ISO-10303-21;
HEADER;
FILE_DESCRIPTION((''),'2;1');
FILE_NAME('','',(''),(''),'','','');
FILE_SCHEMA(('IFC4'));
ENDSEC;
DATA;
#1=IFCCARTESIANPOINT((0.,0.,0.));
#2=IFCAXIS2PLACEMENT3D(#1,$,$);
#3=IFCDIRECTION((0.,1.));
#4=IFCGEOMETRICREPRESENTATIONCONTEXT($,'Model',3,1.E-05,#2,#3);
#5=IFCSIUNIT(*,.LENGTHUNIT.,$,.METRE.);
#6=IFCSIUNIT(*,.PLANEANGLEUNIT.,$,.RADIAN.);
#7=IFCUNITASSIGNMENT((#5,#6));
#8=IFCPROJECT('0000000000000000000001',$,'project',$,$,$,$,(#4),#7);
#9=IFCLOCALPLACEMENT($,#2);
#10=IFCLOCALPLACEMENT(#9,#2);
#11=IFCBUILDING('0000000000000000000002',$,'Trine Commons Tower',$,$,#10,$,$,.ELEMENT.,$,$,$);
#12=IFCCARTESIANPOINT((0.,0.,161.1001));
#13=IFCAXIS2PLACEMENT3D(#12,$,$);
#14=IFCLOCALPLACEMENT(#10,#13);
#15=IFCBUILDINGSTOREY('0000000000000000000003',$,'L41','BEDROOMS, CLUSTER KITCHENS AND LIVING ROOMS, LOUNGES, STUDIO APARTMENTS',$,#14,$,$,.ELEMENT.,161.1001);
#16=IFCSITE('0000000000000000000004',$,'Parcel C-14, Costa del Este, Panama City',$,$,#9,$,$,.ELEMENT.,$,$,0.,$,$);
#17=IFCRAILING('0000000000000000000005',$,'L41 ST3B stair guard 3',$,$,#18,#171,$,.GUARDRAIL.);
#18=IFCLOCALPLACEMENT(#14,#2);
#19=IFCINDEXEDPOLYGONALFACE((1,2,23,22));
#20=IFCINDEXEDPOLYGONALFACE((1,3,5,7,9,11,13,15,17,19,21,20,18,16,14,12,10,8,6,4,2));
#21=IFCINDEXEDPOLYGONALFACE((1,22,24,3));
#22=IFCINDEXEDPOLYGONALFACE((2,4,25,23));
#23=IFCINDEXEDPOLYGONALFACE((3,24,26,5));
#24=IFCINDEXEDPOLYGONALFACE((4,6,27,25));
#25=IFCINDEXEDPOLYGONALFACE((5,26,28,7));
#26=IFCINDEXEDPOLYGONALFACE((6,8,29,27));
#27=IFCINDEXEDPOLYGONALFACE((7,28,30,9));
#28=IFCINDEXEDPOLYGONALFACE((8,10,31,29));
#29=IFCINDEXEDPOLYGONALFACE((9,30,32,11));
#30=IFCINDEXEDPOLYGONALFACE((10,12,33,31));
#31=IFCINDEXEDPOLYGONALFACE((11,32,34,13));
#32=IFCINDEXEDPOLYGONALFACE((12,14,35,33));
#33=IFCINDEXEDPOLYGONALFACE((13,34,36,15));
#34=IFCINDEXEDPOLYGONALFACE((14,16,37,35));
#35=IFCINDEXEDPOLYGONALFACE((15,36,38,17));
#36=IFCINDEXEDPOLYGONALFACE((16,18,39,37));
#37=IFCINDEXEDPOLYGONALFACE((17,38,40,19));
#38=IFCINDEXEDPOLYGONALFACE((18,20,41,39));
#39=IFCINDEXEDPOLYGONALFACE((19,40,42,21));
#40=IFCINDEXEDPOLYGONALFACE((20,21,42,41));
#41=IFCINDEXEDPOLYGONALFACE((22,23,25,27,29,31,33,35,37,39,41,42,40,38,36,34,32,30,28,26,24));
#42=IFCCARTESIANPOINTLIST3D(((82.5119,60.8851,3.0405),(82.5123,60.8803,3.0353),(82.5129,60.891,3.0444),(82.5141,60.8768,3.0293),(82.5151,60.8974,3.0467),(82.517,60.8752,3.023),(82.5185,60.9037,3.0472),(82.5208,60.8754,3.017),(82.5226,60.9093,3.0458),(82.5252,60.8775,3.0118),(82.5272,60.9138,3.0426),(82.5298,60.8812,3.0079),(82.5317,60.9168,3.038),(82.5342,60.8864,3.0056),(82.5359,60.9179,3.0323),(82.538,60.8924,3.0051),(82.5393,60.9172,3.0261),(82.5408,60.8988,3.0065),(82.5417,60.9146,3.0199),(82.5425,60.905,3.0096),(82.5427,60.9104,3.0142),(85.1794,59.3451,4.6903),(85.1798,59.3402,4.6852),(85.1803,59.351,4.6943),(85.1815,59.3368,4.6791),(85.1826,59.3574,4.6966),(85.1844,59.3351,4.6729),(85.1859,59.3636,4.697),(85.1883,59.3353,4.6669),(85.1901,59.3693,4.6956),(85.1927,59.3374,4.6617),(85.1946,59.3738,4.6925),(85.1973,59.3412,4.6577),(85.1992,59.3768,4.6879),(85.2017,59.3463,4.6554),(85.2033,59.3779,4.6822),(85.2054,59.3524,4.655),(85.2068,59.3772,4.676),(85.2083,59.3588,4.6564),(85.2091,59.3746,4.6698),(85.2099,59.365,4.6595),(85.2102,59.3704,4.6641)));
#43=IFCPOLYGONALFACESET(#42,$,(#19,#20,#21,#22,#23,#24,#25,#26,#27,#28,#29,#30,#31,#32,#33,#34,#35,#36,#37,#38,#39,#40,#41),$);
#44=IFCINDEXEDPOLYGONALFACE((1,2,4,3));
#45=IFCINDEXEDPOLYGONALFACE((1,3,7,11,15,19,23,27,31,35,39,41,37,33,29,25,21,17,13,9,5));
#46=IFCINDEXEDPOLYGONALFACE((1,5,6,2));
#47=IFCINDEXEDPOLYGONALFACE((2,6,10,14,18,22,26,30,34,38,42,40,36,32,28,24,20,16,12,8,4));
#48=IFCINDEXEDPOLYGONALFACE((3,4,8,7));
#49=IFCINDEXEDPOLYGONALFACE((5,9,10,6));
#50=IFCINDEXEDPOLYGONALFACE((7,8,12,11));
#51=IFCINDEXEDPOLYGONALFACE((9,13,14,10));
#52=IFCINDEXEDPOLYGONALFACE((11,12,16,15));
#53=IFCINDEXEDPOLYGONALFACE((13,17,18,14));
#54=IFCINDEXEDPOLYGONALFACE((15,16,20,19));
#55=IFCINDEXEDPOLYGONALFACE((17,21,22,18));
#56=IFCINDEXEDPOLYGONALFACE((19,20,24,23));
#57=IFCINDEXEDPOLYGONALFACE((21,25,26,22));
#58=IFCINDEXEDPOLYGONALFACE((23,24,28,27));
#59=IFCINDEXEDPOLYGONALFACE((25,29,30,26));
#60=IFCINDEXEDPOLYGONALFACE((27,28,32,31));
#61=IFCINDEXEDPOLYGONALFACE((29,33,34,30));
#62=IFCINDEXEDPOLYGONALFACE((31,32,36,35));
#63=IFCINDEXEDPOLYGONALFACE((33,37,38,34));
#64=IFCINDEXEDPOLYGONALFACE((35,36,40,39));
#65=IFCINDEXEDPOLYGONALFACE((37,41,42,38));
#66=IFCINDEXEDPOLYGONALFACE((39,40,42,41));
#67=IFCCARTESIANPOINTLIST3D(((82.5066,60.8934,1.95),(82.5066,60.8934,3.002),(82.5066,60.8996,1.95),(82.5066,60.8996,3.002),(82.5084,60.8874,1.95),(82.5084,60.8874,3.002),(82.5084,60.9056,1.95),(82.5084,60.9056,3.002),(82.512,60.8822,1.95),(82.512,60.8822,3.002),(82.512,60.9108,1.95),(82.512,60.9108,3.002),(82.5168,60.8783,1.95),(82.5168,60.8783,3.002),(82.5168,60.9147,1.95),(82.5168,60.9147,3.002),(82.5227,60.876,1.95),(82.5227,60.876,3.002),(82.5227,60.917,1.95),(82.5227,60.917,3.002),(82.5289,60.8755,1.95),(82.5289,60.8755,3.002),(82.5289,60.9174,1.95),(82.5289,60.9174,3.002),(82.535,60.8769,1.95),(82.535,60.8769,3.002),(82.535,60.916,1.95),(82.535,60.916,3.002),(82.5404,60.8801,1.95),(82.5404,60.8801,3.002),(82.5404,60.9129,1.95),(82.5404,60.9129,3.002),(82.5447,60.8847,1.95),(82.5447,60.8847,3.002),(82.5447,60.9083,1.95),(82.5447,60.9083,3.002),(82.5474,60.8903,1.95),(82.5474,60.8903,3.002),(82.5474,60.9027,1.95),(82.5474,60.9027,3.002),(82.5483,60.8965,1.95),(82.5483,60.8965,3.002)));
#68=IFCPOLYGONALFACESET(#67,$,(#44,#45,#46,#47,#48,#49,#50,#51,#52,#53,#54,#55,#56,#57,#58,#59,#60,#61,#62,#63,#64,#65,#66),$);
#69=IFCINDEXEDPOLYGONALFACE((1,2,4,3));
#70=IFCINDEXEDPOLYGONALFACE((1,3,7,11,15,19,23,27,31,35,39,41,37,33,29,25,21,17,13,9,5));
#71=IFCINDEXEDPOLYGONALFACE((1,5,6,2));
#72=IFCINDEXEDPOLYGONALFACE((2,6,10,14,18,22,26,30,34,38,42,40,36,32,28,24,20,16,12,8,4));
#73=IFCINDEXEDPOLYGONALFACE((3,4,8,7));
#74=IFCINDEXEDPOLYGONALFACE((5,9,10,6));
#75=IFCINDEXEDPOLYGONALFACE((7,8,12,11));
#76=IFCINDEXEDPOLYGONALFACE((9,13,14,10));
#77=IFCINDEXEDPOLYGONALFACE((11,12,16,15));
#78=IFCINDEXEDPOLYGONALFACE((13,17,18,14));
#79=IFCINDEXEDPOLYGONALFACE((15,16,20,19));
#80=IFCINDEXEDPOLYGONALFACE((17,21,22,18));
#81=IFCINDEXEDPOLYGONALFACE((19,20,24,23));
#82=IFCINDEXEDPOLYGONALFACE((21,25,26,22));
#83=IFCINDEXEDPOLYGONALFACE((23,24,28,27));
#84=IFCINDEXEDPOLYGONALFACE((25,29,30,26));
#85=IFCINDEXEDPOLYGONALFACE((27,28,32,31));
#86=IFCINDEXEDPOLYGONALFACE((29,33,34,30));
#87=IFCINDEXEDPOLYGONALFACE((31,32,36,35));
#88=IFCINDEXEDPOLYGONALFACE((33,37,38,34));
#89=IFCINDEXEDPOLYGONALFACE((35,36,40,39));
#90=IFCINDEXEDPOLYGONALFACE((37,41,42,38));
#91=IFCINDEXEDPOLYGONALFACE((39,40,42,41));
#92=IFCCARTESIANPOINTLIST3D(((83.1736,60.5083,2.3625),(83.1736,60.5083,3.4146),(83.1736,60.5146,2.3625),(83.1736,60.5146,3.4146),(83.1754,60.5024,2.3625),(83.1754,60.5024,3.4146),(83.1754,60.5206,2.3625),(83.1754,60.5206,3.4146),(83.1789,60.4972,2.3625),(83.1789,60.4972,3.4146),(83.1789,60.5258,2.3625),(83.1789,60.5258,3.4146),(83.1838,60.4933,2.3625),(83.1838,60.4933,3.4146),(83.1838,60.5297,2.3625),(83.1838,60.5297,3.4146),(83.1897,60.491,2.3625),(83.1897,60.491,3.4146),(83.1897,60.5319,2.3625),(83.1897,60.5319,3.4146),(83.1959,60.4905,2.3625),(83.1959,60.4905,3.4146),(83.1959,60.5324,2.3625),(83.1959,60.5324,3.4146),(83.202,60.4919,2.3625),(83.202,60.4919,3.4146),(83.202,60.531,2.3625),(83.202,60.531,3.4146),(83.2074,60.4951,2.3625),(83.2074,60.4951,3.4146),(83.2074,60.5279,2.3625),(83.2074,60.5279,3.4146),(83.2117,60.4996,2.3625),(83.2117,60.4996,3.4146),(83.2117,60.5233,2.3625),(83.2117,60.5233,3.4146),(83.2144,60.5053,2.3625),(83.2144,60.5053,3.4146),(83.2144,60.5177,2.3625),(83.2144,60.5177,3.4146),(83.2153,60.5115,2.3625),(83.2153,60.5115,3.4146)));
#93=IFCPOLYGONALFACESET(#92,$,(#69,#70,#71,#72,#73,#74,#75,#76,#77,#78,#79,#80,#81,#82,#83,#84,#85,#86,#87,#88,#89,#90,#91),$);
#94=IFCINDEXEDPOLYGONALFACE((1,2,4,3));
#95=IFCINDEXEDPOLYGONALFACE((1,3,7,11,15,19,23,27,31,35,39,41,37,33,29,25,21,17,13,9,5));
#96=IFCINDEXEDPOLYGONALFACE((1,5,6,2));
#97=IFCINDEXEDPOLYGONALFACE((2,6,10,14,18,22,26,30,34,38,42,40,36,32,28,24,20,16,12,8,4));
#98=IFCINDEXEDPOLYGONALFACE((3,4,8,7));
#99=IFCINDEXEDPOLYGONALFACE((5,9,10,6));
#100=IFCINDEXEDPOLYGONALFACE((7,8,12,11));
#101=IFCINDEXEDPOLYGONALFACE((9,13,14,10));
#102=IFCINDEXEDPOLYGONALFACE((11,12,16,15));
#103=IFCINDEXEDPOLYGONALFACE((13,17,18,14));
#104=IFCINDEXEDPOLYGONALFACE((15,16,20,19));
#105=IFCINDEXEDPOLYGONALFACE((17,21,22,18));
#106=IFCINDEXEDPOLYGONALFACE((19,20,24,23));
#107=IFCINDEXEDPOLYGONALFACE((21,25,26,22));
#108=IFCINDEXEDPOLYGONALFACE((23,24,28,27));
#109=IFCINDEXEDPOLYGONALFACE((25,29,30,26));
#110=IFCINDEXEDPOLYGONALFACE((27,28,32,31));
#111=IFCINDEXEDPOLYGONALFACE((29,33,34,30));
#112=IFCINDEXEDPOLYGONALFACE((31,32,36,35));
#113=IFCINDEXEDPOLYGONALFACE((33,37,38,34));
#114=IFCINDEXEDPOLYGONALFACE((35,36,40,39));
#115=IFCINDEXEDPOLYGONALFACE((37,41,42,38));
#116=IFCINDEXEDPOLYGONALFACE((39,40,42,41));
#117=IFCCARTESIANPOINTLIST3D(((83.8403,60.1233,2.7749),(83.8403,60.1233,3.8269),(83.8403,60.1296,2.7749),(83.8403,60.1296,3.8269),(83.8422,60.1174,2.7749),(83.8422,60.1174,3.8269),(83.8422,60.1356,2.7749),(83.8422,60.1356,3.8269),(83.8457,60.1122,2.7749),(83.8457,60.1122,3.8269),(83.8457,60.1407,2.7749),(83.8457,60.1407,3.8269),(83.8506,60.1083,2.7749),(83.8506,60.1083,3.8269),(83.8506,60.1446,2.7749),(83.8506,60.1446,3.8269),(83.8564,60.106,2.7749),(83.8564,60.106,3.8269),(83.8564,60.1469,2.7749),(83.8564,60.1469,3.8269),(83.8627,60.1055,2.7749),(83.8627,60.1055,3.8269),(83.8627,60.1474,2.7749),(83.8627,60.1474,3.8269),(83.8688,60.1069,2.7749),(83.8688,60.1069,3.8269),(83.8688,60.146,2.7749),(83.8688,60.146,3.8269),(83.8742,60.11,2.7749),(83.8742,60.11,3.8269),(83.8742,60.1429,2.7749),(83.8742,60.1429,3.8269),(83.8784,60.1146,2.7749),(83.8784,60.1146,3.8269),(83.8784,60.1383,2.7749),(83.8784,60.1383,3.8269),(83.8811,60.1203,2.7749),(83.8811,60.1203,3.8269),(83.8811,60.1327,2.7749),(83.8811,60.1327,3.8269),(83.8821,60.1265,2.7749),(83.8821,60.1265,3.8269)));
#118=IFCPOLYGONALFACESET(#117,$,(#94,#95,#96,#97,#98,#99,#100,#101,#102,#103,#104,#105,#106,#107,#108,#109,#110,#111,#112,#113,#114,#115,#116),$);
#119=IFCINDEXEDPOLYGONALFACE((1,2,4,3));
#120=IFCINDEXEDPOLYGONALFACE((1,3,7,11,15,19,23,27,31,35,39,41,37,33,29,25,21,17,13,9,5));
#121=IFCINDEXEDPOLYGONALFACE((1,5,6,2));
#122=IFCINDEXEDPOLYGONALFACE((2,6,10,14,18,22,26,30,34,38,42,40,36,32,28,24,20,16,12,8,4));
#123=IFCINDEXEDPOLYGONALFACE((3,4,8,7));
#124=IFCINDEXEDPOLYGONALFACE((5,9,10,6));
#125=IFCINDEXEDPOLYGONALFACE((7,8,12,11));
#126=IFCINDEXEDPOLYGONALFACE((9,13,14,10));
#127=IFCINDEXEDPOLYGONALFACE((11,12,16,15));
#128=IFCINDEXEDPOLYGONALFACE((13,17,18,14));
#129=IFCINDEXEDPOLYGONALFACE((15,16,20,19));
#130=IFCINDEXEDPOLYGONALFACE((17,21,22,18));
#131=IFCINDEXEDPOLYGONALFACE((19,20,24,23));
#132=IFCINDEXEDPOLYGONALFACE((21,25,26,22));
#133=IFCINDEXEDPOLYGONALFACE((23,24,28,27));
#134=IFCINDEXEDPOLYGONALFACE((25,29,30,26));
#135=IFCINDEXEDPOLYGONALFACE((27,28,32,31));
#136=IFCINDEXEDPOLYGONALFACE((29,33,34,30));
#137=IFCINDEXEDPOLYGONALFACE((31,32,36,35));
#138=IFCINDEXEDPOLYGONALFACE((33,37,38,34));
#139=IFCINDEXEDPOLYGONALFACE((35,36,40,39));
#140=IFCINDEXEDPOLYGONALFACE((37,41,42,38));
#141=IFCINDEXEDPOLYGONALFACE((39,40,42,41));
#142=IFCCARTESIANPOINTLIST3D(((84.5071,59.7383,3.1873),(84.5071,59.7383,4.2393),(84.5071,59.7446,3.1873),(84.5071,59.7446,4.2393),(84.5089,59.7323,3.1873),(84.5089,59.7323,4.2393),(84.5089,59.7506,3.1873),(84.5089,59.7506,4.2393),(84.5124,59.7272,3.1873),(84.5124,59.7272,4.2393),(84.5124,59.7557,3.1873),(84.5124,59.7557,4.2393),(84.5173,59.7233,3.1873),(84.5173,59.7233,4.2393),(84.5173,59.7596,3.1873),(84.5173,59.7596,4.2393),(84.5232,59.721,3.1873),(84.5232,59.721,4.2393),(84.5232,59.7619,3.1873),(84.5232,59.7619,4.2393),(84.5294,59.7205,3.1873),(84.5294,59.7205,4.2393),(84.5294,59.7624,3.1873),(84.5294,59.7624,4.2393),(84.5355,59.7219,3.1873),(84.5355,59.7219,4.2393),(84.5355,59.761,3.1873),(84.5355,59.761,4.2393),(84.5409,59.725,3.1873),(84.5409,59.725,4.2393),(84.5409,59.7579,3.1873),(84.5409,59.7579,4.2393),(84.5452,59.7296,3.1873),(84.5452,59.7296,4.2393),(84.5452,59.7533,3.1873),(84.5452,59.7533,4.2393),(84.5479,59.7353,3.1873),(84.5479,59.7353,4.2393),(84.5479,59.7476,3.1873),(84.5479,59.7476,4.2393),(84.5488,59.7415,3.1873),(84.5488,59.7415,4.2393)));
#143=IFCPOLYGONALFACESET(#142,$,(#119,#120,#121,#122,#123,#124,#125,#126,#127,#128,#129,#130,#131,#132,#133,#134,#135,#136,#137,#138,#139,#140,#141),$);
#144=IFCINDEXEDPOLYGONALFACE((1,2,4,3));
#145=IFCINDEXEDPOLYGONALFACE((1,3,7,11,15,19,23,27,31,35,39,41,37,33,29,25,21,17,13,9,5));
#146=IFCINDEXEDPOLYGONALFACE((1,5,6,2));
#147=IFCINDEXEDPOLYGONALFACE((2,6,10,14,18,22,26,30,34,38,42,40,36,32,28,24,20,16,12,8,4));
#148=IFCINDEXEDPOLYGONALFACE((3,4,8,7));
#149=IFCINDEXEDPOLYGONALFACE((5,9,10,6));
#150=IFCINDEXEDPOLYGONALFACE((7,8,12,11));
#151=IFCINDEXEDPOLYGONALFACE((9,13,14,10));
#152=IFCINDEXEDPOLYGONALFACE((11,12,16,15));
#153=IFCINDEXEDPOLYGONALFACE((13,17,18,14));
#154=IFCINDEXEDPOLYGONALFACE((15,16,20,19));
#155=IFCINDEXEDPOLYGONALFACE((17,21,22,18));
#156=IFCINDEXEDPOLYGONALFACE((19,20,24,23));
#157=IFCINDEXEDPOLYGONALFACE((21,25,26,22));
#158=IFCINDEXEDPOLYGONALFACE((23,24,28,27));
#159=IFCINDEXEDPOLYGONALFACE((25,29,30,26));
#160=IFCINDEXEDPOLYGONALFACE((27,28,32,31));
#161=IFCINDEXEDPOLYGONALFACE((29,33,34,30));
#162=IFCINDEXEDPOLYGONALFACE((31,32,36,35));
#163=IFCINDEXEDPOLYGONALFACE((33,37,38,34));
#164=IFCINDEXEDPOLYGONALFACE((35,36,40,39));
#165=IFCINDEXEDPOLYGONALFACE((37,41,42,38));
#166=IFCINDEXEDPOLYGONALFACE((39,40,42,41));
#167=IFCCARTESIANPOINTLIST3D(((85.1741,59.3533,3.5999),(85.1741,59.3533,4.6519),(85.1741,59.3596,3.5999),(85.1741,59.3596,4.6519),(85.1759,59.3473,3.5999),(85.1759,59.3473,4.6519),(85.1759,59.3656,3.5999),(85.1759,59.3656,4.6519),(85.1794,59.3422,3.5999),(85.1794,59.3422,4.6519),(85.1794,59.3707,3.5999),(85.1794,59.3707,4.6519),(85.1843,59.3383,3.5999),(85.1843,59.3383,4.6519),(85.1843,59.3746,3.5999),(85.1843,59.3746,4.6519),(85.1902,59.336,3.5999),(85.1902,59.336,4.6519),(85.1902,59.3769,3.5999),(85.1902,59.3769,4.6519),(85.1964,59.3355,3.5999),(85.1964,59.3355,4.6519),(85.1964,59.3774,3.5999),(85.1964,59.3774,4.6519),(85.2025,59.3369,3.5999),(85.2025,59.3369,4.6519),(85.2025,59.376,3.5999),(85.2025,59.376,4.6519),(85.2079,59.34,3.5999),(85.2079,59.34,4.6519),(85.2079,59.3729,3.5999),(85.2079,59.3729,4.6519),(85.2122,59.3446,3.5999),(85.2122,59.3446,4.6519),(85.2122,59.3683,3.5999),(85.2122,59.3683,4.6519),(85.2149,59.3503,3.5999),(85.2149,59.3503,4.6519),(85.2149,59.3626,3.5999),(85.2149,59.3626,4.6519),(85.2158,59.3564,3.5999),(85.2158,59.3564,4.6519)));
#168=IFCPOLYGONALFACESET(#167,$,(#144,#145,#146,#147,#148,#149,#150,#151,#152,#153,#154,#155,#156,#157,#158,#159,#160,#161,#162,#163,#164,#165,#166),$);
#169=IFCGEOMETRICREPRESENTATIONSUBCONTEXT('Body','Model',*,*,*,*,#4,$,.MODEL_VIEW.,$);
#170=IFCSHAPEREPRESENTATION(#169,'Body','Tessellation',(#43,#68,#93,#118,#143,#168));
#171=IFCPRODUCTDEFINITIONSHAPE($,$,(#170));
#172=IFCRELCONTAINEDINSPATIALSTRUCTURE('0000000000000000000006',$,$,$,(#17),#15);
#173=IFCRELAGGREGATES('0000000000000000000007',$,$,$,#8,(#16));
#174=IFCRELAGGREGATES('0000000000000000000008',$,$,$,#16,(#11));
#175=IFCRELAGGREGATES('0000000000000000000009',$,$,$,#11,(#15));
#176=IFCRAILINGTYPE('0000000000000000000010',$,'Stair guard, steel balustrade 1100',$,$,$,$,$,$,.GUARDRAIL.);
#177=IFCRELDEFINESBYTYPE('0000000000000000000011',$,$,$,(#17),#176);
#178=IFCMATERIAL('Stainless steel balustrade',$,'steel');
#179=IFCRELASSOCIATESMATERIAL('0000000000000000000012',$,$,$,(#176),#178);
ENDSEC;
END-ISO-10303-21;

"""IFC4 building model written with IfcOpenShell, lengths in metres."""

from ifc_helpers import new_model, si_unit, direction, frame, origin, origin_2d, place, context, subcontext, project, spatial, circle, extrude, material, type_object, element, save


model = new_model("IFC4")

# Units and contexts
model_context = context("Model", 3, precision=1e-05, world=origin(), true_north=direction((0.0, 1.0)))
body_context = subcontext(model_context, "Body", "Model", "MODEL_VIEW")
ifc_project = project(units=[si_unit("LENGTHUNIT", "METRE"), si_unit("PLANEANGLEUNIT", "RADIAN")], contexts=[model_context])

# Site, building, storey
site_placement = place(None, origin())
site = spatial("IfcSite", under=ifc_project, at=site_placement, Name="Parcel C-14, Costa del Este, Panama City", CompositionType="ELEMENT", RefElevation=0.0)
building_placement = place(site_placement, origin())
building = spatial("IfcBuilding", under=site, at=building_placement, Name="Trine Commons Tower", CompositionType="ELEMENT")
storey_placement = place(building_placement, frame((0.0, 0.0, 161.1001)))
storey = spatial("IfcBuildingStorey", under=building, at=storey_placement, Name="L41", Description="BEDROOMS, CLUSTER KITCHENS AND LIVING ROOMS, LOUNGES, STUDIO APARTMENTS", CompositionType="ELEMENT", Elevation=161.1001)

# Railing
ifc_material_1 = material(Name="Stainless steel balustrade", Category="steel")
railing_type_1 = type_object("IfcRailingType", Name="Stair guard, steel balustrade 1100", PredefinedType="GUARDRAIL", material=ifc_material_1)
railing_1_placement = place(storey_placement, frame((82.5273, 60.8965, 1.95)))
element("IfcRailing", 1, at=railing_1_placement, inside=storey, type_object=railing_type_1, Name="L41 ST3B stair guard 3", PredefinedType="GUARDRAIL", context=body_context, shape_type="SweptSolid", body=[
    extrude(circle(Radius=0.0239, at=origin_2d()), frame((0.0, 0.0, 1.0762), z_axis=(0.763405, -0.440743, 0.472185), x_axis=(0.499992, 0.86603, 0.0)), (0.0, 0.0, 1.0), 3.4941),
    extrude(circle(Radius=0.021, at=origin_2d()), origin(), (0.0, 0.0, 1.0), 1.052),
    extrude(circle(Radius=0.021, at=origin_2d()), frame((0.667, -0.385, 0.4126)), (0.0, 0.0, 1.0), 1.052),
    extrude(circle(Radius=0.021, at=origin_2d()), frame((1.3337, -0.77, 0.825)), (0.0, 0.0, 1.0), 1.052),
    extrude(circle(Radius=0.021, at=origin_2d()), frame((2.0005, -1.155, 1.2373)), (0.0, 0.0, 1.0), 1.052),
    extrude(circle(Radius=0.021, at=origin_2d()), frame((2.6675, -1.54, 1.6499)), (0.0, 0.0, 1.0), 1.052),
])

save(model, "model.ifc")
